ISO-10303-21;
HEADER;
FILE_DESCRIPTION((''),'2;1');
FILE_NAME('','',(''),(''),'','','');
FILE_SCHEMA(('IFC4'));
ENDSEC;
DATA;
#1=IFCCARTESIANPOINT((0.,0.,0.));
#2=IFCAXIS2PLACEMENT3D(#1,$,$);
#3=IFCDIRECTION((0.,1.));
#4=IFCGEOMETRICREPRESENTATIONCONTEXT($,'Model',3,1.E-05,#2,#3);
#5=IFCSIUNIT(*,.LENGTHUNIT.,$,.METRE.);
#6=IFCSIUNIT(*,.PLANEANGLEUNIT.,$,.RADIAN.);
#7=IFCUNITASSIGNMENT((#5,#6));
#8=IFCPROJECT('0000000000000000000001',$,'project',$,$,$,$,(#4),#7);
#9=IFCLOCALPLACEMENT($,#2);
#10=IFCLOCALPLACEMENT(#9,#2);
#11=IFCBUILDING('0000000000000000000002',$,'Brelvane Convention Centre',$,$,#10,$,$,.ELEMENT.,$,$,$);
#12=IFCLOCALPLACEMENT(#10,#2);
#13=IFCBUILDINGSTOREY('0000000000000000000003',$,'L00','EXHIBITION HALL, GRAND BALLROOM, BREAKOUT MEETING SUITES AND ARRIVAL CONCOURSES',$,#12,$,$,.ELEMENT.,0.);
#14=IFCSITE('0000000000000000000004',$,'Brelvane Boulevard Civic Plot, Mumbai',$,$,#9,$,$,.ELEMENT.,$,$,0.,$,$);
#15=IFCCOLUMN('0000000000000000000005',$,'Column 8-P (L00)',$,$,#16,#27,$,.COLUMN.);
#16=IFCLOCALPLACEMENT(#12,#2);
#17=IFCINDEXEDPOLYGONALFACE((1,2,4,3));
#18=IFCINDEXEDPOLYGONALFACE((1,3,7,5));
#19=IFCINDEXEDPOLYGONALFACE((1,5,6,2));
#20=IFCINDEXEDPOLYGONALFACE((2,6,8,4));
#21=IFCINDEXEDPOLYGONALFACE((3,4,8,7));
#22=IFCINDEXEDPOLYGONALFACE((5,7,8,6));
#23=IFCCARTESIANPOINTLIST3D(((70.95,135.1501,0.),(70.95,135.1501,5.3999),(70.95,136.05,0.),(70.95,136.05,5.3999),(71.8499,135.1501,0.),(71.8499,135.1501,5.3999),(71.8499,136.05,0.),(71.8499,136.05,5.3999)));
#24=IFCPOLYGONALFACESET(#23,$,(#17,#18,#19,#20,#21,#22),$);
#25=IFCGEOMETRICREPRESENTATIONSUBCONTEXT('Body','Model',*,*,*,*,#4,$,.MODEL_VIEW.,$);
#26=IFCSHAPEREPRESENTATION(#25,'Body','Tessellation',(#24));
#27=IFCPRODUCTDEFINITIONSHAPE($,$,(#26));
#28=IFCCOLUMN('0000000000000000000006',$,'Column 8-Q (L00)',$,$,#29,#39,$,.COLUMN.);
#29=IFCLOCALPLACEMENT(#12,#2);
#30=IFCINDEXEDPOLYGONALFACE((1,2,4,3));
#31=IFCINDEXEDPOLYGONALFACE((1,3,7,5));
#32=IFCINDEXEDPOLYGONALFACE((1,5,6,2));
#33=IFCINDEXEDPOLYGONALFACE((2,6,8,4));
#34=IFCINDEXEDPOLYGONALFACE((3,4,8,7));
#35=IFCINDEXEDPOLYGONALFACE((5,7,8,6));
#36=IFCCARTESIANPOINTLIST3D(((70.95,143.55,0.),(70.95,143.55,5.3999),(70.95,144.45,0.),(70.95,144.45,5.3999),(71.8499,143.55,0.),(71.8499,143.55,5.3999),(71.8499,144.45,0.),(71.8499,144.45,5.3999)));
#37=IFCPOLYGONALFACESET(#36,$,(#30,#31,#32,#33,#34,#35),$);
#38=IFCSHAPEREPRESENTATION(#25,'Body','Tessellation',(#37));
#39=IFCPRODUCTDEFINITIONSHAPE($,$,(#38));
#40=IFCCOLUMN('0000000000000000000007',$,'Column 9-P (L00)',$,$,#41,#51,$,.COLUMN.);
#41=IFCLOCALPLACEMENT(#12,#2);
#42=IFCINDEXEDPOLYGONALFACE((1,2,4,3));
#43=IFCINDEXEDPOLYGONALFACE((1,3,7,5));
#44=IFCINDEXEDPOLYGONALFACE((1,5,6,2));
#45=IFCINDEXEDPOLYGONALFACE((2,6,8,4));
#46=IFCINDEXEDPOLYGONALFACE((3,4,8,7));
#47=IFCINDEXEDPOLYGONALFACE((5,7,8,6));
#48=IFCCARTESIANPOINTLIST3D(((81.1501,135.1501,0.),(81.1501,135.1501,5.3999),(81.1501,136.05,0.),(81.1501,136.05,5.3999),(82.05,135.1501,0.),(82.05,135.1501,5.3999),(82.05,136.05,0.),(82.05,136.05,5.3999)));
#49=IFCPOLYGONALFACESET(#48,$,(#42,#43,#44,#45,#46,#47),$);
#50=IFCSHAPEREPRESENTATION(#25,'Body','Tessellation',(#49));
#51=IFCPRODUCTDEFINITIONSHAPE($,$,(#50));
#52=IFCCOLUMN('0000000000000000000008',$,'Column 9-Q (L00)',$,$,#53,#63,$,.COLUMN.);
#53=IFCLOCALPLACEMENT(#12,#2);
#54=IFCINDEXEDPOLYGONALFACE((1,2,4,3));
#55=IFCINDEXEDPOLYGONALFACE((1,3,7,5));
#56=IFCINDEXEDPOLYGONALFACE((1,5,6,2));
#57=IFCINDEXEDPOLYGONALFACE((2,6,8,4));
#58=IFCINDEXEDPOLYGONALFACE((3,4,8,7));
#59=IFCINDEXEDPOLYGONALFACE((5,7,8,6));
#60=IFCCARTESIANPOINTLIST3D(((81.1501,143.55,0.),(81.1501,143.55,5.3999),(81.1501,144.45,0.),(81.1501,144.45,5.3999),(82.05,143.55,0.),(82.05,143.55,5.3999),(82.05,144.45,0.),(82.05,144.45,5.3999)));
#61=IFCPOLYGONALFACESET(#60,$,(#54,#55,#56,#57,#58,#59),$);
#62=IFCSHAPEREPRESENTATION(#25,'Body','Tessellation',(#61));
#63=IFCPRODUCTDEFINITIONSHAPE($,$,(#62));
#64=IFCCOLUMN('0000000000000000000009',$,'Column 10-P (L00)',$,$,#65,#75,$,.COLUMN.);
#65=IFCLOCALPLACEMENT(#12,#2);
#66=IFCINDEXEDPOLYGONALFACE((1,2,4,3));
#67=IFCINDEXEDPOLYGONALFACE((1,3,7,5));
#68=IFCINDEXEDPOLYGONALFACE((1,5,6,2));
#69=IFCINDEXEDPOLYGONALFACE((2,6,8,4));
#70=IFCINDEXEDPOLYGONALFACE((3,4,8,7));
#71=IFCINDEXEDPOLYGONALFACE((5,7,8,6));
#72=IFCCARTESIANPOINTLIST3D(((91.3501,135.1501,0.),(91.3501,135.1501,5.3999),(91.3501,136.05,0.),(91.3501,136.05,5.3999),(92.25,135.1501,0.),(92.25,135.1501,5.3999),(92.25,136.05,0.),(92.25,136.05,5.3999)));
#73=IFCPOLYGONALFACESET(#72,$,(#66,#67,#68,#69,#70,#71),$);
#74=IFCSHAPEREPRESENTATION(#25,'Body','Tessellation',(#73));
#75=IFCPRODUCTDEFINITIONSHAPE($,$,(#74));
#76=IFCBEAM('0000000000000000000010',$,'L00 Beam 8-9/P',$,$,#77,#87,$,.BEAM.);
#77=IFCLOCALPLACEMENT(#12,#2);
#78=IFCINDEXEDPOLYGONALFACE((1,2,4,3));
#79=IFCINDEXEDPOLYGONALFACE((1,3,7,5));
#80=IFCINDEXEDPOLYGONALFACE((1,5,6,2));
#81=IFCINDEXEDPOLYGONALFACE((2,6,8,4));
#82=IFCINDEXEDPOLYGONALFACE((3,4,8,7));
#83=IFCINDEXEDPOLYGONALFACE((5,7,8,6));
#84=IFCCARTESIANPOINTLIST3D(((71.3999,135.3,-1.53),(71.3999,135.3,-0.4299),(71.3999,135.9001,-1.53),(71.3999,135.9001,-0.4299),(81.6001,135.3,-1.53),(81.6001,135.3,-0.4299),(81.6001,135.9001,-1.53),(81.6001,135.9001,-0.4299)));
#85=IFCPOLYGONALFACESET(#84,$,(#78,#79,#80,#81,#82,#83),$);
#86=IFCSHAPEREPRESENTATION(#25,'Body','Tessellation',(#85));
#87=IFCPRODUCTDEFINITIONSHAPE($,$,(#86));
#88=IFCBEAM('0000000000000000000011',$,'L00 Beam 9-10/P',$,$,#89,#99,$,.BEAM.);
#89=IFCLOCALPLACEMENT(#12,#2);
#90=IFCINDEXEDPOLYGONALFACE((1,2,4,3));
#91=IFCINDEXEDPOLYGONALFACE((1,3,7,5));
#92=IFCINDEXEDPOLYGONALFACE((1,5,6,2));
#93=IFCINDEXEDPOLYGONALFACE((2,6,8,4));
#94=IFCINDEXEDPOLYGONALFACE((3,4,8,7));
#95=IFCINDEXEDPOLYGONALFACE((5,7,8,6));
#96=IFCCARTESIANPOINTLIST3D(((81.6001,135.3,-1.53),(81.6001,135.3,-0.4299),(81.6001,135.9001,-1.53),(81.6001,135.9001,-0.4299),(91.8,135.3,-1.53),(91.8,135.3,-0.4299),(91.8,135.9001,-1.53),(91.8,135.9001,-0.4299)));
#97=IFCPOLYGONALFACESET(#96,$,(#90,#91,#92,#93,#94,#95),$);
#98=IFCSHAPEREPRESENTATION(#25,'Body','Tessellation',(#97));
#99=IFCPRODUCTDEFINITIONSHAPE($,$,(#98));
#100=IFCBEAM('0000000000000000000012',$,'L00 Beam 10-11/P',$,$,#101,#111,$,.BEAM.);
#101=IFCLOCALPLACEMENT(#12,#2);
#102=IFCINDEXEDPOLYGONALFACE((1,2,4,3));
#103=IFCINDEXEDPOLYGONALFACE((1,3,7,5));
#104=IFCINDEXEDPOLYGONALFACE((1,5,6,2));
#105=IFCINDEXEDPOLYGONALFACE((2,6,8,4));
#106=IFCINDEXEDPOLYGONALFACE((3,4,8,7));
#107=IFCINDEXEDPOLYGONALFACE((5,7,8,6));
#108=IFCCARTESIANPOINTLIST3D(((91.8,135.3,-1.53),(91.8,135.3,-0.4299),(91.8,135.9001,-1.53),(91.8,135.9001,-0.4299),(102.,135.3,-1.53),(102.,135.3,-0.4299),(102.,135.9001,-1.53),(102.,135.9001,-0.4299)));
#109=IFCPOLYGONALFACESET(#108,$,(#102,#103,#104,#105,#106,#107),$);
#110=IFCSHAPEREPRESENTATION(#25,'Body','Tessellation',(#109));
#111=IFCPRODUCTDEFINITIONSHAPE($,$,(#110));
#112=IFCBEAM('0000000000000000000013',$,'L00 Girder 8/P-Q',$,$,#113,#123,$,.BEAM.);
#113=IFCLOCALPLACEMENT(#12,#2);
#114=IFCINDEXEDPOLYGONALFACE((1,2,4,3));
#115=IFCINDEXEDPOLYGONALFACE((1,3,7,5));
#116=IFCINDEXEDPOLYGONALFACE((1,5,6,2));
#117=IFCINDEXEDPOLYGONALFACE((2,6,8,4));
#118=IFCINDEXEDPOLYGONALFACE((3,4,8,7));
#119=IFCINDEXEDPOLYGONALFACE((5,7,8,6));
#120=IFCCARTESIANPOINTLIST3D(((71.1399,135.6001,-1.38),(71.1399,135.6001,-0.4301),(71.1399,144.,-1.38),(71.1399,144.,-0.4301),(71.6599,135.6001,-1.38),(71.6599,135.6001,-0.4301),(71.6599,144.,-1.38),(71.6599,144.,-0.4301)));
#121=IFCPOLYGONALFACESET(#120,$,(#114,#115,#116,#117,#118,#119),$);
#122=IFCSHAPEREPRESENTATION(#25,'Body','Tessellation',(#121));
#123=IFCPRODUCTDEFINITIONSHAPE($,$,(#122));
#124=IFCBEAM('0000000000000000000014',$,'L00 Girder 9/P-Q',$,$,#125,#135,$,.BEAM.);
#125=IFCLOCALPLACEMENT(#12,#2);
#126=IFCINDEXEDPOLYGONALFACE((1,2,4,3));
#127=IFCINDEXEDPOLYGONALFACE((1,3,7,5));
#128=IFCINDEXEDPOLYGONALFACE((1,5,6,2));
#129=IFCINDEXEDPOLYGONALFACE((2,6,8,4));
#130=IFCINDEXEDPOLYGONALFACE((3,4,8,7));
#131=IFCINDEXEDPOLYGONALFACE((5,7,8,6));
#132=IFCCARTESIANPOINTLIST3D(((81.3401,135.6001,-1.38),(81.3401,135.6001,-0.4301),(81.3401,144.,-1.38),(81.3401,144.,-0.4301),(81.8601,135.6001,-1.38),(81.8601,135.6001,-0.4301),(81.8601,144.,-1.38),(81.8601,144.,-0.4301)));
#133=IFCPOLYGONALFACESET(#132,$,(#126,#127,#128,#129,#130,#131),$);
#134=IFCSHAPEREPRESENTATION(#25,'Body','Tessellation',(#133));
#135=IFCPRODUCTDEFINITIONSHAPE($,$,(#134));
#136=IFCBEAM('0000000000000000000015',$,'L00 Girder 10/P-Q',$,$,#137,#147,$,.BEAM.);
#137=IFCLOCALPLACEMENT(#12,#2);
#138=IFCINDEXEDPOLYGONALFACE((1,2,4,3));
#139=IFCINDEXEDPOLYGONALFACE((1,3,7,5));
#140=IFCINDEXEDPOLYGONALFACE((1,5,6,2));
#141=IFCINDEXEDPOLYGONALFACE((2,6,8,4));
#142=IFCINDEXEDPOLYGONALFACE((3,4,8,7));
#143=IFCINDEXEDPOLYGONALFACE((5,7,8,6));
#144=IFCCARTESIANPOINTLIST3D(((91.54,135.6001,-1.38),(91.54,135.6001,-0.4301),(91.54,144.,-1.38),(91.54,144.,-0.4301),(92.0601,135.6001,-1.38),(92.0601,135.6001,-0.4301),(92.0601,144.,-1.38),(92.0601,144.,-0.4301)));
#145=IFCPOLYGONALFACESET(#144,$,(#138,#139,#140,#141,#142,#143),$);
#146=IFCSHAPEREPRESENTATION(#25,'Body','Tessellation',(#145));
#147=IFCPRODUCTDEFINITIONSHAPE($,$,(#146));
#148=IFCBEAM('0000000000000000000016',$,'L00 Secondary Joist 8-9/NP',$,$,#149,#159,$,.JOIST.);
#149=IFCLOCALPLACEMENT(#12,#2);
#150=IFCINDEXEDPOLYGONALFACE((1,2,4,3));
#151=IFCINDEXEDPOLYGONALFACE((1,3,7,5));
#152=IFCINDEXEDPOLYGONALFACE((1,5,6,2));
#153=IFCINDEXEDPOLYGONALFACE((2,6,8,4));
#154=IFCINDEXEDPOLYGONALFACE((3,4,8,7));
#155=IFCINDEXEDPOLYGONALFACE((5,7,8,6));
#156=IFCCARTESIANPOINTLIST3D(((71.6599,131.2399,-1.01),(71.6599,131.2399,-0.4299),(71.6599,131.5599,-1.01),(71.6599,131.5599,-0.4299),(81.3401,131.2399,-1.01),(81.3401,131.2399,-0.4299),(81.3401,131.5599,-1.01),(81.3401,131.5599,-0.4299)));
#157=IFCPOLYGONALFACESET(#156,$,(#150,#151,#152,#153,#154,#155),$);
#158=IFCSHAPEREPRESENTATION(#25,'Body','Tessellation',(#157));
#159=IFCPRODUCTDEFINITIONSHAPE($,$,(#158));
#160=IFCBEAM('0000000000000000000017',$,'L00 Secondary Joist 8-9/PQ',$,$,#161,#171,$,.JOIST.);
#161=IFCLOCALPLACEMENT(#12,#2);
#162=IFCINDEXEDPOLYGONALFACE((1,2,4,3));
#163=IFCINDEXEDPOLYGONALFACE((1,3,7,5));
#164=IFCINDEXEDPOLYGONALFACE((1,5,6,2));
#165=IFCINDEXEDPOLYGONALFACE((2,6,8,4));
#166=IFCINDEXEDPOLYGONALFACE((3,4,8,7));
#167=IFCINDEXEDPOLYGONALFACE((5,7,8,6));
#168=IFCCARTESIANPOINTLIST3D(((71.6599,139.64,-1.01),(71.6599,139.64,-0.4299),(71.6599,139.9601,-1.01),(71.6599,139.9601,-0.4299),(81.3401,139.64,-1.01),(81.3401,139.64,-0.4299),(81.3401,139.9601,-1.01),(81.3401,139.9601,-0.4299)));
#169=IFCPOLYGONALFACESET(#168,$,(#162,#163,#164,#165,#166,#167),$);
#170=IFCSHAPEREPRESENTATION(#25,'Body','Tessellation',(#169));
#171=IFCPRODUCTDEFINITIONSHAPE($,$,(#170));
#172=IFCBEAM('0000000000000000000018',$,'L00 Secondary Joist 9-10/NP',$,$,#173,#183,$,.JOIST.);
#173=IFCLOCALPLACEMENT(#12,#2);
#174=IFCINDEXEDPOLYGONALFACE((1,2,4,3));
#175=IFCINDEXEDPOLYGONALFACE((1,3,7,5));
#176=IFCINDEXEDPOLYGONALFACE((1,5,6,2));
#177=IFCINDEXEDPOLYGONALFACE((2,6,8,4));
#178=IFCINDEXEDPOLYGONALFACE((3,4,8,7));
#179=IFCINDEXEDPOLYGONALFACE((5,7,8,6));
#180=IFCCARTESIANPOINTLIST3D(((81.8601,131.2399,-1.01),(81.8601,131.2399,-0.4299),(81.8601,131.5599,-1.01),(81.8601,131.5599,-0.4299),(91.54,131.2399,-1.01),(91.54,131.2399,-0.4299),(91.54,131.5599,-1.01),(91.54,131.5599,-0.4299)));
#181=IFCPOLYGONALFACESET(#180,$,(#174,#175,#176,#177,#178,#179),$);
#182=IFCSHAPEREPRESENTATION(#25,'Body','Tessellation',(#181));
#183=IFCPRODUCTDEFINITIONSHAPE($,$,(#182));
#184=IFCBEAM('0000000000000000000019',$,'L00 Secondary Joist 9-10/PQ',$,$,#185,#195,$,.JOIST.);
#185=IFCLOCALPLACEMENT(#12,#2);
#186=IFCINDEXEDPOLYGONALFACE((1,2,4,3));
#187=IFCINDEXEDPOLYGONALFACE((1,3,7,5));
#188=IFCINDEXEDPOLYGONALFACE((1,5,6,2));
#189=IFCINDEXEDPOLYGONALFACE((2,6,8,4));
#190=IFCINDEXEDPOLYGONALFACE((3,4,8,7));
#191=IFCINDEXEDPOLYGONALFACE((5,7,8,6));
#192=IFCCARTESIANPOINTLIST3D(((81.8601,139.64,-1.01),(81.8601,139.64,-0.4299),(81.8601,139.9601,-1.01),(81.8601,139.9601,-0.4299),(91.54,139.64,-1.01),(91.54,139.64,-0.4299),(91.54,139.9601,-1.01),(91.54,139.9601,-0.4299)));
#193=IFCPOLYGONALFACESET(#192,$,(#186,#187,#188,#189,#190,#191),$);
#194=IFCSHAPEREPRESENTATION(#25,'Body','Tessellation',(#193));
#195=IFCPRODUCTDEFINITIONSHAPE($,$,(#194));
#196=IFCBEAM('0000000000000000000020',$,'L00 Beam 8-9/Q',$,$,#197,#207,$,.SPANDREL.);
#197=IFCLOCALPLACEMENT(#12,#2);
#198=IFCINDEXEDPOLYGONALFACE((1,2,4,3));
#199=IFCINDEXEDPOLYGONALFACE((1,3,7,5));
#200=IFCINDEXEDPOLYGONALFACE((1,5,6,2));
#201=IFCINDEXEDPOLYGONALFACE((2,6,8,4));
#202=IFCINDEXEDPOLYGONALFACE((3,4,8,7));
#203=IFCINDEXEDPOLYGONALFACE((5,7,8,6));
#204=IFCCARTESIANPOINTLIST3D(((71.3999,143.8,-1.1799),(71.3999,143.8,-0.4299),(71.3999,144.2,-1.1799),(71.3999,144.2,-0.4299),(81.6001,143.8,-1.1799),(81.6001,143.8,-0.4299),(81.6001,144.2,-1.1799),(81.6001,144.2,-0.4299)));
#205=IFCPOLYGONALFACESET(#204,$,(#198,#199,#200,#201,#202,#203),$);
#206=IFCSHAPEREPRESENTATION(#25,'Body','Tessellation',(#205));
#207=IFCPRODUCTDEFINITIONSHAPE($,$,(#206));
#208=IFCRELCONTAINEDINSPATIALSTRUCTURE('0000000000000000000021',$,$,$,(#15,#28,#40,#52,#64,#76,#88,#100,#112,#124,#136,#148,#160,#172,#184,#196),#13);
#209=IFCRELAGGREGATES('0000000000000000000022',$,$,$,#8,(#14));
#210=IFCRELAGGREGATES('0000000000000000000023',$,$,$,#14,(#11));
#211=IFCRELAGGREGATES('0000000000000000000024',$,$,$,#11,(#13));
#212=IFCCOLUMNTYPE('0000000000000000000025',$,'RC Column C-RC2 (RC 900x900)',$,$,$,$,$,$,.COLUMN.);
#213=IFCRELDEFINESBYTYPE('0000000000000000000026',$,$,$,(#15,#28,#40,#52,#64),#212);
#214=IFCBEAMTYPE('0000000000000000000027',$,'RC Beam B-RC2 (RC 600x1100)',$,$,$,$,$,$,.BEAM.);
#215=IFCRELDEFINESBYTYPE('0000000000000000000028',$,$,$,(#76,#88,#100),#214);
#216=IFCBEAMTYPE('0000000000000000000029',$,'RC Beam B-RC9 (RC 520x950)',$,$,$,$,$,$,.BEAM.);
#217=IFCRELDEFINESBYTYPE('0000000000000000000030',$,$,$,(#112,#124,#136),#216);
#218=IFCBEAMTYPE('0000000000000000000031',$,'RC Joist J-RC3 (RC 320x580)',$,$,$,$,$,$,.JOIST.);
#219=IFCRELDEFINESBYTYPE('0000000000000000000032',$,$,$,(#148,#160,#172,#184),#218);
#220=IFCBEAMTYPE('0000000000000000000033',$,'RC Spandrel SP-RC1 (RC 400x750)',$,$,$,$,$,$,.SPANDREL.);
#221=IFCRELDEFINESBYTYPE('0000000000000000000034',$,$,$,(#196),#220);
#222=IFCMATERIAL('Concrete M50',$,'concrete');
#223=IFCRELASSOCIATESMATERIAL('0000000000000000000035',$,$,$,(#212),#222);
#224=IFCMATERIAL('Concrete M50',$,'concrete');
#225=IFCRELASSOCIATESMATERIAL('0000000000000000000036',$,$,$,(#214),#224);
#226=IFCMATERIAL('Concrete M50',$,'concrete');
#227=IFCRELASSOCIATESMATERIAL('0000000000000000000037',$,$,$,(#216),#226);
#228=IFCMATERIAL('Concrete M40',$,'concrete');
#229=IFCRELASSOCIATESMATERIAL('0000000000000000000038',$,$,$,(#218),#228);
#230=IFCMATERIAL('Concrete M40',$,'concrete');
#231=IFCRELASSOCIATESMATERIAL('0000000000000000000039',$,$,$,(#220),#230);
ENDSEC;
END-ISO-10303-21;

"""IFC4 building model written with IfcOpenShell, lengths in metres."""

from ifc_helpers import new_model, si_unit, direction, frame, origin, origin_2d, place, context, subcontext, project, spatial, rectangle, extrude, material, material_profile, profile_set, type_object, element, save


model = new_model("IFC4")

# Units and contexts
model_context = context("Model", 3, precision=1e-05, world=origin(), true_north=direction((0.0, 1.0)))
body_context = subcontext(model_context, "Body", "Model", "MODEL_VIEW")
ifc_project = project(units=[si_unit("LENGTHUNIT", "METRE"), si_unit("PLANEANGLEUNIT", "RADIAN")], contexts=[model_context])

# Site, building, storey
site_placement = place(None, origin())
site = spatial("IfcSite", under=ifc_project, at=site_placement, Name="Brelvane Boulevard Civic Plot, Mumbai", CompositionType="ELEMENT", RefElevation=0.0)
building_placement = place(site_placement, origin())
building = spatial("IfcBuilding", under=site, at=building_placement, Name="Brelvane Convention Centre", CompositionType="ELEMENT")
storey_placement = place(building_placement, origin())
storey = spatial("IfcBuildingStorey", under=building, at=storey_placement, Name="L00", Description="EXHIBITION HALL, GRAND BALLROOM, BREAKOUT MEETING SUITES AND ARRIVAL CONCOURSES", CompositionType="ELEMENT", Elevation=0.0)

# Columns
ifc_material_1 = material(Name="Concrete M50", Category="concrete")
ifc_material_profile_1 = material_profile(ifc_material_1, rectangle(XDim=0.8999, YDim=0.8999, at=origin_2d()), Name="RC 900x900")
ifc_profile_set_1 = profile_set([ifc_material_profile_1], Name="Concrete M50")
column_type = type_object("IfcColumnType", Name="RC Column C-RC2 (RC 900x900)", PredefinedType="COLUMN", material=ifc_profile_set_1)
for number, where, z_axis, x_axis, name in (
    (1, (71.3999, 135.6001, 0.0), (0.0, 0.0, 1.0), (1.0, 0.0, 0.0), "Column 8-P (L00)"),
    (2, (71.3999, 144.0, 0.0), (0.0, 0.0, 1.0), (1.0, 0.0, 0.0), "Column 8-Q (L00)"),
    (3, (81.6001, 135.6001, 0.0), (0.0, 0.0, 1.0), (1.0, 0.0, 0.0), "Column 9-P (L00)"),
    (4, (81.6001, 144.0, 0.0), (0.0, 0.0, 1.0), (1.0, 0.0, 0.0), "Column 9-Q (L00)"),
    (5, (91.8, 135.6001, 0.0), (0.0, 0.0, 1.0), (1.0, 0.0, 0.0), "Column 10-P (L00)"),
):
    element("IfcColumn", number, at=place(storey_placement, frame(where, z_axis=z_axis, x_axis=x_axis)), inside=storey, type_object=column_type, Name=name, PredefinedType="COLUMN", context=body_context, shape_type="SweptSolid", body=[
        extrude(rectangle(XDim=0.8999, YDim=0.8999, at=origin_2d()), origin(), (0.0, 0.0, 1.0), 5.3999),
    ])

# Beams
ifc_material_2 = material(Name="Concrete M50", Category="concrete")
ifc_material_profile_2 = material_profile(ifc_material_2, rectangle(XDim=0.6001, YDim=1.1001, at=origin_2d()), Name="RC 600x1100")
ifc_profile_set_2 = profile_set([ifc_material_profile_2], Name="Concrete M50")
beam_type_1 = type_object("IfcBeamType", Name="RC Beam B-RC2 (RC 600x1100)", PredefinedType="BEAM", material=ifc_profile_set_2)
beam_1_placement = place(storey_placement, frame((71.3999, 135.6001, -0.98), z_axis=(1.0, 0.0, 0.0), x_axis=(0.0, 1.0, 0.0)))
element("IfcBeam", 6, at=beam_1_placement, inside=storey, type_object=beam_type_1, Name="L00 Beam 8-9/P", PredefinedType="BEAM", context=body_context, shape_type="SweptSolid", body=[
    extrude(rectangle(XDim=0.6001, YDim=1.1001, at=origin_2d()), origin(), (0.0, 0.0, 1.0), 10.2002),
])
for number, where, z_axis, x_axis, name in (
    (7, (81.6001, 135.6001, -0.98), (1.0, 0.0, 0.0), (0.0, 1.0, 0.0), "L00 Beam 9-10/P"),
    (8, (91.8, 135.6001, -0.98), (1.0, 0.0, 0.0), (0.0, 1.0, 0.0), "L00 Beam 10-11/P"),
):
    element("IfcBeam", number, at=place(storey_placement, frame(where, z_axis=z_axis, x_axis=x_axis)), inside=storey, type_object=beam_type_1, Name=name, PredefinedType="BEAM", context=body_context, shape_type="SweptSolid", body=[
        extrude(rectangle(XDim=0.6001, YDim=1.1001, at=origin_2d()), origin(), (0.0, 0.0, 1.0), 10.2),
    ])
ifc_material_3 = material(Name="Concrete M50", Category="concrete")
ifc_material_profile_3 = material_profile(ifc_material_3, rectangle(XDim=0.52, YDim=0.95, at=origin_2d()), Name="RC 520x950")
ifc_profile_set_3 = profile_set([ifc_material_profile_3], Name="Concrete M50")
beam_type_2 = type_object("IfcBeamType", Name="RC Beam B-RC9 (RC 520x950)", PredefinedType="BEAM", material=ifc_profile_set_3)
for number, where, z_axis, x_axis, name in (
    (9, (71.3999, 135.6001, -0.905), (0.0, 1.0, 0.0), (-1.0, 0.0, 0.0), "L00 Girder 8/P-Q"),
    (10, (81.6001, 135.6001, -0.905), (0.0, 1.0, 0.0), (-1.0, 0.0, 0.0), "L00 Girder 9/P-Q"),
    (11, (91.8, 135.6001, -0.905), (0.0, 1.0, 0.0), (-1.0, 0.0, 0.0), "L00 Girder 10/P-Q"),
):
    element("IfcBeam", number, at=place(storey_placement, frame(where, z_axis=z_axis, x_axis=x_axis)), inside=storey, type_object=beam_type_2, Name=name, PredefinedType="BEAM", context=body_context, shape_type="SweptSolid", body=[
        extrude(rectangle(XDim=0.52, YDim=0.95, at=origin_2d()), origin(), (0.0, 0.0, 1.0), 8.3999),
    ])
ifc_material_4 = material(Name="Concrete M40", Category="concrete")
ifc_material_profile_4 = material_profile(ifc_material_4, rectangle(XDim=0.3201, YDim=0.5801, at=origin_2d()), Name="RC 320x580")
ifc_profile_set_4 = profile_set([ifc_material_profile_4], Name="Concrete M40")
beam_type_3 = type_object("IfcBeamType", Name="RC Joist J-RC3 (RC 320x580)", PredefinedType="JOIST", material=ifc_profile_set_4)
for number, where, z_axis, x_axis, name in (
    (12, (71.6599, 131.3999, -0.72), (1.0, 0.0, 0.0), (0.0, 1.0, 0.0), "L00 Secondary Joist 8-9/NP"),
    (13, (71.6599, 139.8, -0.72), (1.0, 0.0, 0.0), (0.0, 1.0, 0.0), "L00 Secondary Joist 8-9/PQ"),
):
    element("IfcBeam", number, at=place(storey_placement, frame(where, z_axis=z_axis, x_axis=x_axis)), inside=storey, type_object=beam_type_3, Name=name, PredefinedType="JOIST", context=body_context, shape_type="SweptSolid", body=[
        extrude(rectangle(XDim=0.3201, YDim=0.5801, at=origin_2d()), origin(), (0.0, 0.0, 1.0), 9.6802),
    ])
for number, where, z_axis, x_axis, name in (
    (14, (81.8601, 131.3999, -0.72), (1.0, 0.0, 0.0), (0.0, 1.0, 0.0), "L00 Secondary Joist 9-10/NP"),
    (15, (81.8601, 139.8, -0.72), (1.0, 0.0, 0.0), (0.0, 1.0, 0.0), "L00 Secondary Joist 9-10/PQ"),
):
    element("IfcBeam", number, at=place(storey_placement, frame(where, z_axis=z_axis, x_axis=x_axis)), inside=storey, type_object=beam_type_3, Name=name, PredefinedType="JOIST", context=body_context, shape_type="SweptSolid", body=[
        extrude(rectangle(XDim=0.3201, YDim=0.5801, at=origin_2d()), origin(), (0.0, 0.0, 1.0), 9.6799),
    ])
ifc_material_5 = material(Name="Concrete M40", Category="concrete")
ifc_material_profile_5 = material_profile(ifc_material_5, rectangle(XDim=0.3999, YDim=0.75, at=origin_2d()), Name="RC 400x750")
ifc_profile_set_5 = profile_set([ifc_material_profile_5], Name="Concrete M40")
beam_type_4 = type_object("IfcBeamType", Name="RC Spandrel SP-RC1 (RC 400x750)", PredefinedType="SPANDREL", material=ifc_profile_set_5)
beam_2_placement = place(storey_placement, frame((71.3999, 144.0, -0.8049), z_axis=(1.0, 0.0, 0.0), x_axis=(0.0, 1.0, 0.0)))
element("IfcBeam", 16, at=beam_2_placement, inside=storey, type_object=beam_type_4, Name="L00 Beam 8-9/Q", PredefinedType="SPANDREL", context=body_context, shape_type="SweptSolid", body=[
    extrude(rectangle(XDim=0.3999, YDim=0.75, at=origin_2d()), origin(), (0.0, 0.0, 1.0), 10.2002),
])

save(model, "model.ifc")
